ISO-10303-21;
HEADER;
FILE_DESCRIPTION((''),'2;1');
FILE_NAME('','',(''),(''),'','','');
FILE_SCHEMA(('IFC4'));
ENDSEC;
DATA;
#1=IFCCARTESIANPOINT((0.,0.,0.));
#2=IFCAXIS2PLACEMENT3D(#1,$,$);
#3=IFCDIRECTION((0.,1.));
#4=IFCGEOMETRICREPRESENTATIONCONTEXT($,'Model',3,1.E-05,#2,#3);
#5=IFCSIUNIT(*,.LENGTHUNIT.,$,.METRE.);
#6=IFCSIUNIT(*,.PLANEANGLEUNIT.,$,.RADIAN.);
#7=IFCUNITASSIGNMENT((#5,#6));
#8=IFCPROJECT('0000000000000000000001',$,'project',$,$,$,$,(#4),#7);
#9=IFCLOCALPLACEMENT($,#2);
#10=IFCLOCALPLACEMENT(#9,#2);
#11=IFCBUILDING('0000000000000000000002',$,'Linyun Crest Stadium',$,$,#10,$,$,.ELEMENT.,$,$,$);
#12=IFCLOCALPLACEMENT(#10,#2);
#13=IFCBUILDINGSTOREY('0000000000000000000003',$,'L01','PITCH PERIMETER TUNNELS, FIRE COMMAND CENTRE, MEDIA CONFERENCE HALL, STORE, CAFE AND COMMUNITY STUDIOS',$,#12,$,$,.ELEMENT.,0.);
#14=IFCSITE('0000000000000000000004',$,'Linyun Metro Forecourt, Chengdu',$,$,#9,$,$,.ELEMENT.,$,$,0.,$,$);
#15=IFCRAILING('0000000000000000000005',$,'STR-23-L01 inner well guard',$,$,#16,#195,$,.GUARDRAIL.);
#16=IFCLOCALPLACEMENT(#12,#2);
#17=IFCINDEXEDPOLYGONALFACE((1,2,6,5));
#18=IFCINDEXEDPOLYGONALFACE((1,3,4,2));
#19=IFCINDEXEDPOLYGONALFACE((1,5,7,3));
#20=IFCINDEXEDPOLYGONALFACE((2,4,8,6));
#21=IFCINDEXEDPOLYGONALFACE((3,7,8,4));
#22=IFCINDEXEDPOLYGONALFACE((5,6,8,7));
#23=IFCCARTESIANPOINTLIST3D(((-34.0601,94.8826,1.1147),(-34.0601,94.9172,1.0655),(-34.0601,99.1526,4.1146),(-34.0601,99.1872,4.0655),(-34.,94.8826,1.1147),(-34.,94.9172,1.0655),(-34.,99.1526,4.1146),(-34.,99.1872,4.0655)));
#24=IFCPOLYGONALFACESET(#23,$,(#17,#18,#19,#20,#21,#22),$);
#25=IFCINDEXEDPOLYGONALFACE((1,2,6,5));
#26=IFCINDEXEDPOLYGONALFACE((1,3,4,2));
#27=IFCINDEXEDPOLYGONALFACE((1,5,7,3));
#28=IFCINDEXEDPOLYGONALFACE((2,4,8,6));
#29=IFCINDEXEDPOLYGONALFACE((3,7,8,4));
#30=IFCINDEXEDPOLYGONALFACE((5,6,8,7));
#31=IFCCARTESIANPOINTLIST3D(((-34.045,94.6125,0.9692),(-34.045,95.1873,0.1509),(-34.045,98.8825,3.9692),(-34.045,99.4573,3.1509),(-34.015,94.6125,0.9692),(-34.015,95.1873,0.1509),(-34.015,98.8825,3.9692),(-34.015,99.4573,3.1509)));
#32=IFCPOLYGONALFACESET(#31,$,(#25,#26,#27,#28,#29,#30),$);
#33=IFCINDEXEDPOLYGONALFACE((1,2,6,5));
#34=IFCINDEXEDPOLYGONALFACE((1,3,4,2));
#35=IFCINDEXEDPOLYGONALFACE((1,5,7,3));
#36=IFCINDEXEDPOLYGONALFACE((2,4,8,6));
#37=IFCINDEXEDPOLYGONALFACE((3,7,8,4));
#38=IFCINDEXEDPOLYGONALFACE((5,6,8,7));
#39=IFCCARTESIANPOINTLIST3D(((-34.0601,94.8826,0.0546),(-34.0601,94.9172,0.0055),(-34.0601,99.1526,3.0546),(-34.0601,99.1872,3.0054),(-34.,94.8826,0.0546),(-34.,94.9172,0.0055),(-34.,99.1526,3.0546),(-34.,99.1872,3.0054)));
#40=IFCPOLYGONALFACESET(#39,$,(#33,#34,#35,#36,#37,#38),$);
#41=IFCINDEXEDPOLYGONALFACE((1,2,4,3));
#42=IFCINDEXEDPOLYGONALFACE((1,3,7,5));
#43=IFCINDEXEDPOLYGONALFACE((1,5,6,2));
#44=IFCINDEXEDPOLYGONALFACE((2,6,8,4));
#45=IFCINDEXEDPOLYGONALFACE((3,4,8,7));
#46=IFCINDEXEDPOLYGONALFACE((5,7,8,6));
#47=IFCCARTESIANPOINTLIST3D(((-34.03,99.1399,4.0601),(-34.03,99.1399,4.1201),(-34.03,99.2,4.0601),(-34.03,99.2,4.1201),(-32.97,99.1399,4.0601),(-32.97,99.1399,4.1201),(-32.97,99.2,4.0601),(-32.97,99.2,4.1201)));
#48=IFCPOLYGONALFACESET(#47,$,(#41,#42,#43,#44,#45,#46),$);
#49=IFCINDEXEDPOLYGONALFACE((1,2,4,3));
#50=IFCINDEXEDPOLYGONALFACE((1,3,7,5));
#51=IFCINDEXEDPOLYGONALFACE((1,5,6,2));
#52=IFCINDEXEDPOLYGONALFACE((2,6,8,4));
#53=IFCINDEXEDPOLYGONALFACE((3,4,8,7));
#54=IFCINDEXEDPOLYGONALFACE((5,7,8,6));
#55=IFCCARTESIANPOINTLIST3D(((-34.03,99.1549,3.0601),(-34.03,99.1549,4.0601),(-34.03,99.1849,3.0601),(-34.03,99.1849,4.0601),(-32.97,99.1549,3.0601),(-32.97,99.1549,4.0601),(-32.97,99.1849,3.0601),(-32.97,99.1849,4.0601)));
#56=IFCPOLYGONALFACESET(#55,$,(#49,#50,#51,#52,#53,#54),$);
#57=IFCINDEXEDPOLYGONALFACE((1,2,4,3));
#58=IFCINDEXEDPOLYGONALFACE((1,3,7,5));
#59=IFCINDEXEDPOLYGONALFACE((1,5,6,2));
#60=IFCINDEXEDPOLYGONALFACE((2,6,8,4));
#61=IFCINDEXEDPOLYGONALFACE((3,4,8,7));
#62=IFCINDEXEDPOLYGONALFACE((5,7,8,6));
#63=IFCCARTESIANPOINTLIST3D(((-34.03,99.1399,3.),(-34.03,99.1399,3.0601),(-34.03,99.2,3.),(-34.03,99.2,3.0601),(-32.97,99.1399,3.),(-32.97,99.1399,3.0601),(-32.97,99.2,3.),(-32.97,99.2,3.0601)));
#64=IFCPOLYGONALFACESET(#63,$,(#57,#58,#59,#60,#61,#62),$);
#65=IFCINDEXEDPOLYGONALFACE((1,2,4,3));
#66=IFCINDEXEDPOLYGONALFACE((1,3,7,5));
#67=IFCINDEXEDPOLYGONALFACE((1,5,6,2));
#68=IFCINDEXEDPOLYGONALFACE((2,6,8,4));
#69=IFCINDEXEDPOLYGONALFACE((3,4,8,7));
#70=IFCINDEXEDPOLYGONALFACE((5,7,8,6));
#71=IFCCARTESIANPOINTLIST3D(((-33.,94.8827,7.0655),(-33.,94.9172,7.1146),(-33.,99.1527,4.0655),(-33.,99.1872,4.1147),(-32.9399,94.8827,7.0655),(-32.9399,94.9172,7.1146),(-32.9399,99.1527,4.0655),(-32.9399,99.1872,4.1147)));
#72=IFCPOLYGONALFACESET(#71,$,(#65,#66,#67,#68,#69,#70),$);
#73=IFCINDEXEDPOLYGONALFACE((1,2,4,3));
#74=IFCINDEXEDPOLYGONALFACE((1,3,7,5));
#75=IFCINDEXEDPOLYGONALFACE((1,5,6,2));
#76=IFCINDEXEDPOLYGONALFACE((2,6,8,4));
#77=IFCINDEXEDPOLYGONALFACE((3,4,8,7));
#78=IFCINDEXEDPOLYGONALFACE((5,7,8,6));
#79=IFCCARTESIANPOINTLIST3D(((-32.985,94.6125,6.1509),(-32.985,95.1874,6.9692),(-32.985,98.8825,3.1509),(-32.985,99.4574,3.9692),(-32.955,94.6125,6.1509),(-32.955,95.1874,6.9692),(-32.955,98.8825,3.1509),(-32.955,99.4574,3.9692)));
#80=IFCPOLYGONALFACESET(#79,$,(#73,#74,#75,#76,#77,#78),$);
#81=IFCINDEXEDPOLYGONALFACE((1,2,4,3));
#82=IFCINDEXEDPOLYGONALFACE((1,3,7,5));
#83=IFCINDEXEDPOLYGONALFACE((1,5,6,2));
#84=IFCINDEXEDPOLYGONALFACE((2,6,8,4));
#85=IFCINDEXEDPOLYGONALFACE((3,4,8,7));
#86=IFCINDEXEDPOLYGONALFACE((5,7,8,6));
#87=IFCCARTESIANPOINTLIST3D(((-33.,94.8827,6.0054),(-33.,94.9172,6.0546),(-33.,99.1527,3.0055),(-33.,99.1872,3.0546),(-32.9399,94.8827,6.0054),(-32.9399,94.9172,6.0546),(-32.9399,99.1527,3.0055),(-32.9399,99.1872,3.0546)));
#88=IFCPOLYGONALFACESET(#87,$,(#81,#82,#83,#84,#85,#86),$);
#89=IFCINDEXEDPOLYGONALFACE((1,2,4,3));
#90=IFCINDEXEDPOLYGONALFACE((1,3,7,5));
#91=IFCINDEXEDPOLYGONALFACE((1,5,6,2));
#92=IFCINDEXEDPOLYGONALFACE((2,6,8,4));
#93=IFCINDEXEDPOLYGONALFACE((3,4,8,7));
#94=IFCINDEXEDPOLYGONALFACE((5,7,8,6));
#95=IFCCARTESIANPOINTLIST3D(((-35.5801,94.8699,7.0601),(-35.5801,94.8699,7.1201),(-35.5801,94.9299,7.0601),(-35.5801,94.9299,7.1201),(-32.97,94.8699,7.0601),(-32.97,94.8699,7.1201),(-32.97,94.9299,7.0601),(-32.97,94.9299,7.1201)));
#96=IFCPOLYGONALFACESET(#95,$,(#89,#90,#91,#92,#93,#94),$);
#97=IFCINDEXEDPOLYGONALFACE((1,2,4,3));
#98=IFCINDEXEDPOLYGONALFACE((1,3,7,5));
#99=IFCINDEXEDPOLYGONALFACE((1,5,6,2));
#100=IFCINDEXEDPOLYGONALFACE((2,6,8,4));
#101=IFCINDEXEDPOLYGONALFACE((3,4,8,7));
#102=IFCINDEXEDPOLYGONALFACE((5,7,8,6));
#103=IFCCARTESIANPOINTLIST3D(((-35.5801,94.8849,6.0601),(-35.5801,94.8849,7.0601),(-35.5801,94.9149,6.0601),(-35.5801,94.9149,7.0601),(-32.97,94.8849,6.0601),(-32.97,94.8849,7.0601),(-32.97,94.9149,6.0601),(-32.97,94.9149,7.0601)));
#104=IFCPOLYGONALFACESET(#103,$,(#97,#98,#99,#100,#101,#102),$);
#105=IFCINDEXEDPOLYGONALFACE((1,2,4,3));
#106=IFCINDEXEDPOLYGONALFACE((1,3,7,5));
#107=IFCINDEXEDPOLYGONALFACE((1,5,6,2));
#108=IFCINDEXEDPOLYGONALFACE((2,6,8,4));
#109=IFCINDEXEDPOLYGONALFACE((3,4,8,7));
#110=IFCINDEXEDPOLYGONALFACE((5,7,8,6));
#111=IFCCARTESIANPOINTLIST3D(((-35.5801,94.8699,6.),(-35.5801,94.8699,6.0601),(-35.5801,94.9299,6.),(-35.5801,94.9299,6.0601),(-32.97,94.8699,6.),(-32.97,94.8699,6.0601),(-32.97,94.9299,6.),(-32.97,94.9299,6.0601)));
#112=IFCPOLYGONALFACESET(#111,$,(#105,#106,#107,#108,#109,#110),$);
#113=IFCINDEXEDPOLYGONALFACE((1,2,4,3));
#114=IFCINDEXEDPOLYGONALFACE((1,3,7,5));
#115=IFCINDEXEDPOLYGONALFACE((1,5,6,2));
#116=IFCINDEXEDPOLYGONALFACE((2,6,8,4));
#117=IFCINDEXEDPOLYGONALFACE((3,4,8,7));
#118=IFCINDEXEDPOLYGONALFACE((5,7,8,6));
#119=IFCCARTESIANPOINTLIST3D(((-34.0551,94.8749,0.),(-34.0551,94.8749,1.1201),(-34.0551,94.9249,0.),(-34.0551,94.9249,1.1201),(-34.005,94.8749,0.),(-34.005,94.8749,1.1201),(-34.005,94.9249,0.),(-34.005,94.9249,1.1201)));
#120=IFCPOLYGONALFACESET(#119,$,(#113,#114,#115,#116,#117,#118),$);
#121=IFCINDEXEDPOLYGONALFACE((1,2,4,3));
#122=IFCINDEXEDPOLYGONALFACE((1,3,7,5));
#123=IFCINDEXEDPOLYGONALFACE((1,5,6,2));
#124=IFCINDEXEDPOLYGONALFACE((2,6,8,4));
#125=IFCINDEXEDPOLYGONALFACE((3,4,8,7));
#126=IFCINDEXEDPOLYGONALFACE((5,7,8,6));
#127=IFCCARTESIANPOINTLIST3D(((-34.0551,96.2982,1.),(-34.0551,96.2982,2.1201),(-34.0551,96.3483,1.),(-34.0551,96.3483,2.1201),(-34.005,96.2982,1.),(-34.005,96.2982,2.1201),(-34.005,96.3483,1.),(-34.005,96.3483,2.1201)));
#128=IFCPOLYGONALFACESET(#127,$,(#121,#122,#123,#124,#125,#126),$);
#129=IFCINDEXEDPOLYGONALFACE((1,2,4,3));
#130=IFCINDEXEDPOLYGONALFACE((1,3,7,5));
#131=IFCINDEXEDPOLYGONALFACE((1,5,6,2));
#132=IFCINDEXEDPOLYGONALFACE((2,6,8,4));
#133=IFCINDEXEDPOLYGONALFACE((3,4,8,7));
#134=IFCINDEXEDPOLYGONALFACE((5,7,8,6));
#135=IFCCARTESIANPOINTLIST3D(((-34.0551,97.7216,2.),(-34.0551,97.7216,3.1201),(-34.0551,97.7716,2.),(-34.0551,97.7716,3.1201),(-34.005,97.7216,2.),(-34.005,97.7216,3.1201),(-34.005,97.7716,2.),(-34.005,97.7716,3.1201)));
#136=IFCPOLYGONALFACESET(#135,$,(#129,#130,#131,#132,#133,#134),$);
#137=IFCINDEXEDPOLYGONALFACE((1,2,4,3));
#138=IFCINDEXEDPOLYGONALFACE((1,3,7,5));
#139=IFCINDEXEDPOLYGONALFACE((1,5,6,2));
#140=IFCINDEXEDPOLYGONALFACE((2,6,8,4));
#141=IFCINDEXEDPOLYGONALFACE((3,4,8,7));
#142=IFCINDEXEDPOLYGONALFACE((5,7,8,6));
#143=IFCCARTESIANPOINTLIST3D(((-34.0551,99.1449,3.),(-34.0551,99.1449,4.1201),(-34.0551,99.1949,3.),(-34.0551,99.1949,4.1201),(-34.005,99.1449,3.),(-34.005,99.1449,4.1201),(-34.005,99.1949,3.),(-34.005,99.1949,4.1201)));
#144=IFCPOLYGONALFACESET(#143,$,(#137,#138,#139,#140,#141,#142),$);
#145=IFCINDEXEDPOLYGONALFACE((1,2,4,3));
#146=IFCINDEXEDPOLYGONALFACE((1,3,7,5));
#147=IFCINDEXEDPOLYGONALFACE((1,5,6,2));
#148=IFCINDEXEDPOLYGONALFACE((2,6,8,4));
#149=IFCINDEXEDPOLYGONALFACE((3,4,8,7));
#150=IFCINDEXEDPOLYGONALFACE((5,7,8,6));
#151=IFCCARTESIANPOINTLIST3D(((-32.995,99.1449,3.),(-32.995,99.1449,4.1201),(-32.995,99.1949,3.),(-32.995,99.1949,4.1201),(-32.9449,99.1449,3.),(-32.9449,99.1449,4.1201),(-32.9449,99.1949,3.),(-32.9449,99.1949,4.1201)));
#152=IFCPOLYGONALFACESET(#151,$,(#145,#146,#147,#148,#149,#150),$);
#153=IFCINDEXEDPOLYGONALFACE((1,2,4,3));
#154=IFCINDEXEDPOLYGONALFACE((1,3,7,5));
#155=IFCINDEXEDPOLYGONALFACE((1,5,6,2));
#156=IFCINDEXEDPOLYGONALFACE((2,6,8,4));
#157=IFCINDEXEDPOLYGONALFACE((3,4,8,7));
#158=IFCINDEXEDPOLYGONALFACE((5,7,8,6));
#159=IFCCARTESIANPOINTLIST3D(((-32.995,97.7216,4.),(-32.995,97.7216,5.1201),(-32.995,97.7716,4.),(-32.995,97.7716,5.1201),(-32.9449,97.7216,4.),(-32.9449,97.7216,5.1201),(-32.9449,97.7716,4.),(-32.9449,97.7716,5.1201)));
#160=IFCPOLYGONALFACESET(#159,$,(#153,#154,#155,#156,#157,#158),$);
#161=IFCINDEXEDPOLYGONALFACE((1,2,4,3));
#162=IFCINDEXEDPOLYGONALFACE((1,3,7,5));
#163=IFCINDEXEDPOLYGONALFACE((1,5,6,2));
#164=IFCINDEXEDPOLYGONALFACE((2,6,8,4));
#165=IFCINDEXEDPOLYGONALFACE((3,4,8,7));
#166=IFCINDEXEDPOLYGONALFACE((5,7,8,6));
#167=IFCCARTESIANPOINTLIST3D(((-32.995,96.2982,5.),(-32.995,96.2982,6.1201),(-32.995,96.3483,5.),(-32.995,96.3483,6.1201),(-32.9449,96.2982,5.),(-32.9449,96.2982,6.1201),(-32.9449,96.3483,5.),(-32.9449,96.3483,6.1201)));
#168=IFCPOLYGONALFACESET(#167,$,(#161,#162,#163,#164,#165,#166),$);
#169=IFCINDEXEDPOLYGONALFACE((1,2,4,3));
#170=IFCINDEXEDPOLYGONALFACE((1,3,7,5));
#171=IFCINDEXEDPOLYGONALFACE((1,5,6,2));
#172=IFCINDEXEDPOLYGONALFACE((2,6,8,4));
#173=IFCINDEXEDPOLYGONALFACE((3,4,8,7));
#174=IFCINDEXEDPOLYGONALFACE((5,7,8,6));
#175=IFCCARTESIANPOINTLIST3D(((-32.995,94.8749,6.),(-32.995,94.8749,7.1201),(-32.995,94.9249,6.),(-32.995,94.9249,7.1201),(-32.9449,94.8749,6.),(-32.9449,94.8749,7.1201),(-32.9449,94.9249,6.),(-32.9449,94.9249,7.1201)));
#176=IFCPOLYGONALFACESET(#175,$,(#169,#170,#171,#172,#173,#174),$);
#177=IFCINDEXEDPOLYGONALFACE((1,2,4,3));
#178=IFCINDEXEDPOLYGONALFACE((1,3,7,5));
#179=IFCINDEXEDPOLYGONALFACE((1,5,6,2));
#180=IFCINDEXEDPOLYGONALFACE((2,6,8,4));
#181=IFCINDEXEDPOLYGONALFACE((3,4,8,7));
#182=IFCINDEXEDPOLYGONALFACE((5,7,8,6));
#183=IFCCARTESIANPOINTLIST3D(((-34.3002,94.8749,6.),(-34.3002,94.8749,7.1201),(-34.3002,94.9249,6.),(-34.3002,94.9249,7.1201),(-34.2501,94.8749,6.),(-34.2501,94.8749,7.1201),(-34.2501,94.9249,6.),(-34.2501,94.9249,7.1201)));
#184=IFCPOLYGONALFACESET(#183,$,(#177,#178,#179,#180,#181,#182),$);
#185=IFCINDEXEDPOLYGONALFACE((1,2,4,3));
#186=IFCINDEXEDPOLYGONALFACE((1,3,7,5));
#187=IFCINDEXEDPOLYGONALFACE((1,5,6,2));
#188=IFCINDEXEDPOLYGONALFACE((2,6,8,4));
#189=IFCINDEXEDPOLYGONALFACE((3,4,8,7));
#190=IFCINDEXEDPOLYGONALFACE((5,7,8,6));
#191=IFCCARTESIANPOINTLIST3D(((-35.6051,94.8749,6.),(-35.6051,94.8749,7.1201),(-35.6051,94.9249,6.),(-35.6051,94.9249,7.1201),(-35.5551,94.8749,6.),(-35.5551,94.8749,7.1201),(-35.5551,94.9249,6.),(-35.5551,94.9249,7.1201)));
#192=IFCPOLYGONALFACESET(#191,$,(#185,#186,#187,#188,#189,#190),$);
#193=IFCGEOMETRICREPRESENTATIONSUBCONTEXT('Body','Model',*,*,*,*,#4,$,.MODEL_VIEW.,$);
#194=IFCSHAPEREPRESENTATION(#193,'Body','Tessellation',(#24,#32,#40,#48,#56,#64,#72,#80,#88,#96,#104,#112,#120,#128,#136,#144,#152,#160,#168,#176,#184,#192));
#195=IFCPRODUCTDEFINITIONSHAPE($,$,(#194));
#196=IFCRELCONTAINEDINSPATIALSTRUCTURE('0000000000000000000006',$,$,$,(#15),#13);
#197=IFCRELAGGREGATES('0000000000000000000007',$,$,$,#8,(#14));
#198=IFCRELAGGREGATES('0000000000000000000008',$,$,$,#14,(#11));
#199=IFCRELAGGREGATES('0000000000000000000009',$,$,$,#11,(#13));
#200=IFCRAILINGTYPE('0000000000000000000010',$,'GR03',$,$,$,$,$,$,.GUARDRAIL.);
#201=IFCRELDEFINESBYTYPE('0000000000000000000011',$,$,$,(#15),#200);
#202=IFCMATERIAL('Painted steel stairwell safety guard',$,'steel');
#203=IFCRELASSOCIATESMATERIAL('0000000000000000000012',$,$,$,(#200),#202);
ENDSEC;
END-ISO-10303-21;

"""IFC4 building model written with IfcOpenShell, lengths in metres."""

from ifc_helpers import new_model, si_unit, direction, frame, origin, origin_2d, place, context, subcontext, project, spatial, rectangle, extrude, material, type_object, element, save


model = new_model("IFC4")

# Units and contexts
model_context = context("Model", 3, precision=1e-05, world=origin(), true_north=direction((0.0, 1.0)))
body_context = subcontext(model_context, "Body", "Model", "MODEL_VIEW")
ifc_project = project(units=[si_unit("LENGTHUNIT", "METRE"), si_unit("PLANEANGLEUNIT", "RADIAN")], contexts=[model_context])

# Site, building, storey
site_placement = place(None, origin())
site = spatial("IfcSite", under=ifc_project, at=site_placement, Name="Linyun Metro Forecourt, Chengdu", CompositionType="ELEMENT", RefElevation=0.0)
building_placement = place(site_placement, origin())
building = spatial("IfcBuilding", under=site, at=building_placement, Name="Linyun Crest Stadium", CompositionType="ELEMENT")
storey_placement = place(building_placement, origin())
storey = spatial("IfcBuildingStorey", under=building, at=storey_placement, Name="L01", Description="PITCH PERIMETER TUNNELS, FIRE COMMAND CENTRE, MEDIA CONFERENCE HALL, STORE, CAFE AND COMMUNITY STUDIOS", CompositionType="ELEMENT", Elevation=0.0)

# Railing
ifc_material_1 = material(Name="Painted steel stairwell safety guard", Category="steel")
railing_type_1 = type_object("IfcRailingType", Name="GR03", PredefinedType="GUARDRAIL", material=ifc_material_1)
railing_1_placement = place(storey_placement, frame((-34.03, 94.8999, 0.0)))
element("IfcRailing", 1, at=railing_1_placement, inside=storey, type_object=railing_type_1, Name="STR-23-L01 inner well guard", PredefinedType="GUARDRAIL", context=body_context, shape_type="SweptSolid", body=[
    extrude(rectangle(XDim=0.0601, YDim=0.0601, at=origin_2d()), frame((0.0, 0.0, 1.0901), z_axis=(0.0, 0.818242, 0.574874), x_axis=(-1.0, 0.0, 0.0)), (0.0, 0.0, 1.0), 5.2185),
    extrude(rectangle(XDim=0.03, YDim=1.0, at=origin_2d()), frame((0.0, 0.0, 0.5601), z_axis=(0.0, 0.818242, 0.574874), x_axis=(-1.0, 0.0, 0.0)), (0.0, 0.0, 1.0), 5.2185),
    extrude(rectangle(XDim=0.0601, YDim=0.0601, at=origin_2d()), frame((0.0, 0.0, 0.03), z_axis=(0.0, 0.818242, 0.574874), x_axis=(-1.0, 0.0, 0.0)), (0.0, 0.0, 1.0), 5.2185),
    extrude(rectangle(XDim=0.0601, YDim=0.0601, at=origin_2d()), frame((0.0, 4.27, 4.0901), z_axis=(1.0, 0.0, 0.0), x_axis=(0.0, 1.0, 0.0)), (0.0, 0.0, 1.0), 1.0601),
    extrude(rectangle(XDim=0.03, YDim=1.0, at=origin_2d()), frame((0.0, 4.27, 3.5601), z_axis=(1.0, 0.0, 0.0), x_axis=(0.0, 1.0, 0.0)), (0.0, 0.0, 1.0), 1.0601),
    extrude(rectangle(XDim=0.0601, YDim=0.0601, at=origin_2d()), frame((0.0, 4.27, 3.03), z_axis=(1.0, 0.0, 0.0), x_axis=(0.0, 1.0, 0.0)), (0.0, 0.0, 1.0), 1.0601),
    extrude(rectangle(XDim=0.0601, YDim=0.0601, at=origin_2d()), frame((1.0601, 4.27, 4.0901), z_axis=(0.0, -0.818242, 0.574874), x_axis=(1.0, 0.0, 0.0)), (0.0, 0.0, 1.0), 5.2185),
    extrude(rectangle(XDim=0.03, YDim=1.0, at=origin_2d()), frame((1.0601, 4.27, 3.5601), z_axis=(0.0, -0.818242, 0.574874), x_axis=(1.0, 0.0, 0.0)), (0.0, 0.0, 1.0), 5.2185),
    extrude(rectangle(XDim=0.0601, YDim=0.0601, at=origin_2d()), frame((1.0601, 4.27, 3.03), z_axis=(0.0, -0.818242, 0.574874), x_axis=(1.0, 0.0, 0.0)), (0.0, 0.0, 1.0), 5.2185),
    extrude(rectangle(XDim=0.0601, YDim=0.0601, at=origin_2d()), frame((1.0601, 0.0, 7.0901), z_axis=(-1.0, 0.0, 0.0), x_axis=(0.0, -1.0, 0.0)), (0.0, 0.0, 1.0), 2.6101),
    extrude(rectangle(XDim=0.03, YDim=1.0, at=origin_2d()), frame((1.0601, 0.0, 6.5601), z_axis=(-1.0, 0.0, 0.0), x_axis=(0.0, -1.0, 0.0)), (0.0, 0.0, 1.0), 2.6101),
    extrude(rectangle(XDim=0.0601, YDim=0.0601, at=origin_2d()), frame((1.0601, 0.0, 6.03), z_axis=(-1.0, 0.0, 0.0), x_axis=(0.0, -1.0, 0.0)), (0.0, 0.0, 1.0), 2.6101),
    extrude(rectangle(XDim=0.05, YDim=0.05, at=origin_2d()), origin(), (0.0, 0.0, 1.0), 1.1201),
    extrude(rectangle(XDim=0.05, YDim=0.05, at=origin_2d()), frame((0.0, 1.4233, 1.0)), (0.0, 0.0, 1.0), 1.1201),
    extrude(rectangle(XDim=0.05, YDim=0.05, at=origin_2d()), frame((0.0, 2.8467, 2.0)), (0.0, 0.0, 1.0), 1.1201),
    extrude(rectangle(XDim=0.05, YDim=0.05, at=origin_2d()), frame((0.0, 4.27, 3.0)), (0.0, 0.0, 1.0), 1.1201),
    extrude(rectangle(XDim=0.05, YDim=0.05, at=origin_2d()), frame((1.0601, 4.27, 3.0)), (0.0, 0.0, 1.0), 1.1201),
    extrude(rectangle(XDim=0.05, YDim=0.05, at=origin_2d()), frame((1.0601, 2.8467, 4.0)), (0.0, 0.0, 1.0), 1.1201),
    extrude(rectangle(XDim=0.05, YDim=0.05, at=origin_2d()), frame((1.0601, 1.4233, 5.0)), (0.0, 0.0, 1.0), 1.1201),
    extrude(rectangle(XDim=0.05, YDim=0.05, at=origin_2d()), frame((1.0601, 0.0, 6.0)), (0.0, 0.0, 1.0), 1.1201),
    extrude(rectangle(XDim=0.05, YDim=0.05, at=origin_2d()), frame((-0.2451, 0.0, 6.0)), (0.0, 0.0, 1.0), 1.1201),
    extrude(rectangle(XDim=0.05, YDim=0.05, at=origin_2d()), frame((-1.55, 0.0, 6.0)), (0.0, 0.0, 1.0), 1.1201),
])

save(model, "model.ifc")
